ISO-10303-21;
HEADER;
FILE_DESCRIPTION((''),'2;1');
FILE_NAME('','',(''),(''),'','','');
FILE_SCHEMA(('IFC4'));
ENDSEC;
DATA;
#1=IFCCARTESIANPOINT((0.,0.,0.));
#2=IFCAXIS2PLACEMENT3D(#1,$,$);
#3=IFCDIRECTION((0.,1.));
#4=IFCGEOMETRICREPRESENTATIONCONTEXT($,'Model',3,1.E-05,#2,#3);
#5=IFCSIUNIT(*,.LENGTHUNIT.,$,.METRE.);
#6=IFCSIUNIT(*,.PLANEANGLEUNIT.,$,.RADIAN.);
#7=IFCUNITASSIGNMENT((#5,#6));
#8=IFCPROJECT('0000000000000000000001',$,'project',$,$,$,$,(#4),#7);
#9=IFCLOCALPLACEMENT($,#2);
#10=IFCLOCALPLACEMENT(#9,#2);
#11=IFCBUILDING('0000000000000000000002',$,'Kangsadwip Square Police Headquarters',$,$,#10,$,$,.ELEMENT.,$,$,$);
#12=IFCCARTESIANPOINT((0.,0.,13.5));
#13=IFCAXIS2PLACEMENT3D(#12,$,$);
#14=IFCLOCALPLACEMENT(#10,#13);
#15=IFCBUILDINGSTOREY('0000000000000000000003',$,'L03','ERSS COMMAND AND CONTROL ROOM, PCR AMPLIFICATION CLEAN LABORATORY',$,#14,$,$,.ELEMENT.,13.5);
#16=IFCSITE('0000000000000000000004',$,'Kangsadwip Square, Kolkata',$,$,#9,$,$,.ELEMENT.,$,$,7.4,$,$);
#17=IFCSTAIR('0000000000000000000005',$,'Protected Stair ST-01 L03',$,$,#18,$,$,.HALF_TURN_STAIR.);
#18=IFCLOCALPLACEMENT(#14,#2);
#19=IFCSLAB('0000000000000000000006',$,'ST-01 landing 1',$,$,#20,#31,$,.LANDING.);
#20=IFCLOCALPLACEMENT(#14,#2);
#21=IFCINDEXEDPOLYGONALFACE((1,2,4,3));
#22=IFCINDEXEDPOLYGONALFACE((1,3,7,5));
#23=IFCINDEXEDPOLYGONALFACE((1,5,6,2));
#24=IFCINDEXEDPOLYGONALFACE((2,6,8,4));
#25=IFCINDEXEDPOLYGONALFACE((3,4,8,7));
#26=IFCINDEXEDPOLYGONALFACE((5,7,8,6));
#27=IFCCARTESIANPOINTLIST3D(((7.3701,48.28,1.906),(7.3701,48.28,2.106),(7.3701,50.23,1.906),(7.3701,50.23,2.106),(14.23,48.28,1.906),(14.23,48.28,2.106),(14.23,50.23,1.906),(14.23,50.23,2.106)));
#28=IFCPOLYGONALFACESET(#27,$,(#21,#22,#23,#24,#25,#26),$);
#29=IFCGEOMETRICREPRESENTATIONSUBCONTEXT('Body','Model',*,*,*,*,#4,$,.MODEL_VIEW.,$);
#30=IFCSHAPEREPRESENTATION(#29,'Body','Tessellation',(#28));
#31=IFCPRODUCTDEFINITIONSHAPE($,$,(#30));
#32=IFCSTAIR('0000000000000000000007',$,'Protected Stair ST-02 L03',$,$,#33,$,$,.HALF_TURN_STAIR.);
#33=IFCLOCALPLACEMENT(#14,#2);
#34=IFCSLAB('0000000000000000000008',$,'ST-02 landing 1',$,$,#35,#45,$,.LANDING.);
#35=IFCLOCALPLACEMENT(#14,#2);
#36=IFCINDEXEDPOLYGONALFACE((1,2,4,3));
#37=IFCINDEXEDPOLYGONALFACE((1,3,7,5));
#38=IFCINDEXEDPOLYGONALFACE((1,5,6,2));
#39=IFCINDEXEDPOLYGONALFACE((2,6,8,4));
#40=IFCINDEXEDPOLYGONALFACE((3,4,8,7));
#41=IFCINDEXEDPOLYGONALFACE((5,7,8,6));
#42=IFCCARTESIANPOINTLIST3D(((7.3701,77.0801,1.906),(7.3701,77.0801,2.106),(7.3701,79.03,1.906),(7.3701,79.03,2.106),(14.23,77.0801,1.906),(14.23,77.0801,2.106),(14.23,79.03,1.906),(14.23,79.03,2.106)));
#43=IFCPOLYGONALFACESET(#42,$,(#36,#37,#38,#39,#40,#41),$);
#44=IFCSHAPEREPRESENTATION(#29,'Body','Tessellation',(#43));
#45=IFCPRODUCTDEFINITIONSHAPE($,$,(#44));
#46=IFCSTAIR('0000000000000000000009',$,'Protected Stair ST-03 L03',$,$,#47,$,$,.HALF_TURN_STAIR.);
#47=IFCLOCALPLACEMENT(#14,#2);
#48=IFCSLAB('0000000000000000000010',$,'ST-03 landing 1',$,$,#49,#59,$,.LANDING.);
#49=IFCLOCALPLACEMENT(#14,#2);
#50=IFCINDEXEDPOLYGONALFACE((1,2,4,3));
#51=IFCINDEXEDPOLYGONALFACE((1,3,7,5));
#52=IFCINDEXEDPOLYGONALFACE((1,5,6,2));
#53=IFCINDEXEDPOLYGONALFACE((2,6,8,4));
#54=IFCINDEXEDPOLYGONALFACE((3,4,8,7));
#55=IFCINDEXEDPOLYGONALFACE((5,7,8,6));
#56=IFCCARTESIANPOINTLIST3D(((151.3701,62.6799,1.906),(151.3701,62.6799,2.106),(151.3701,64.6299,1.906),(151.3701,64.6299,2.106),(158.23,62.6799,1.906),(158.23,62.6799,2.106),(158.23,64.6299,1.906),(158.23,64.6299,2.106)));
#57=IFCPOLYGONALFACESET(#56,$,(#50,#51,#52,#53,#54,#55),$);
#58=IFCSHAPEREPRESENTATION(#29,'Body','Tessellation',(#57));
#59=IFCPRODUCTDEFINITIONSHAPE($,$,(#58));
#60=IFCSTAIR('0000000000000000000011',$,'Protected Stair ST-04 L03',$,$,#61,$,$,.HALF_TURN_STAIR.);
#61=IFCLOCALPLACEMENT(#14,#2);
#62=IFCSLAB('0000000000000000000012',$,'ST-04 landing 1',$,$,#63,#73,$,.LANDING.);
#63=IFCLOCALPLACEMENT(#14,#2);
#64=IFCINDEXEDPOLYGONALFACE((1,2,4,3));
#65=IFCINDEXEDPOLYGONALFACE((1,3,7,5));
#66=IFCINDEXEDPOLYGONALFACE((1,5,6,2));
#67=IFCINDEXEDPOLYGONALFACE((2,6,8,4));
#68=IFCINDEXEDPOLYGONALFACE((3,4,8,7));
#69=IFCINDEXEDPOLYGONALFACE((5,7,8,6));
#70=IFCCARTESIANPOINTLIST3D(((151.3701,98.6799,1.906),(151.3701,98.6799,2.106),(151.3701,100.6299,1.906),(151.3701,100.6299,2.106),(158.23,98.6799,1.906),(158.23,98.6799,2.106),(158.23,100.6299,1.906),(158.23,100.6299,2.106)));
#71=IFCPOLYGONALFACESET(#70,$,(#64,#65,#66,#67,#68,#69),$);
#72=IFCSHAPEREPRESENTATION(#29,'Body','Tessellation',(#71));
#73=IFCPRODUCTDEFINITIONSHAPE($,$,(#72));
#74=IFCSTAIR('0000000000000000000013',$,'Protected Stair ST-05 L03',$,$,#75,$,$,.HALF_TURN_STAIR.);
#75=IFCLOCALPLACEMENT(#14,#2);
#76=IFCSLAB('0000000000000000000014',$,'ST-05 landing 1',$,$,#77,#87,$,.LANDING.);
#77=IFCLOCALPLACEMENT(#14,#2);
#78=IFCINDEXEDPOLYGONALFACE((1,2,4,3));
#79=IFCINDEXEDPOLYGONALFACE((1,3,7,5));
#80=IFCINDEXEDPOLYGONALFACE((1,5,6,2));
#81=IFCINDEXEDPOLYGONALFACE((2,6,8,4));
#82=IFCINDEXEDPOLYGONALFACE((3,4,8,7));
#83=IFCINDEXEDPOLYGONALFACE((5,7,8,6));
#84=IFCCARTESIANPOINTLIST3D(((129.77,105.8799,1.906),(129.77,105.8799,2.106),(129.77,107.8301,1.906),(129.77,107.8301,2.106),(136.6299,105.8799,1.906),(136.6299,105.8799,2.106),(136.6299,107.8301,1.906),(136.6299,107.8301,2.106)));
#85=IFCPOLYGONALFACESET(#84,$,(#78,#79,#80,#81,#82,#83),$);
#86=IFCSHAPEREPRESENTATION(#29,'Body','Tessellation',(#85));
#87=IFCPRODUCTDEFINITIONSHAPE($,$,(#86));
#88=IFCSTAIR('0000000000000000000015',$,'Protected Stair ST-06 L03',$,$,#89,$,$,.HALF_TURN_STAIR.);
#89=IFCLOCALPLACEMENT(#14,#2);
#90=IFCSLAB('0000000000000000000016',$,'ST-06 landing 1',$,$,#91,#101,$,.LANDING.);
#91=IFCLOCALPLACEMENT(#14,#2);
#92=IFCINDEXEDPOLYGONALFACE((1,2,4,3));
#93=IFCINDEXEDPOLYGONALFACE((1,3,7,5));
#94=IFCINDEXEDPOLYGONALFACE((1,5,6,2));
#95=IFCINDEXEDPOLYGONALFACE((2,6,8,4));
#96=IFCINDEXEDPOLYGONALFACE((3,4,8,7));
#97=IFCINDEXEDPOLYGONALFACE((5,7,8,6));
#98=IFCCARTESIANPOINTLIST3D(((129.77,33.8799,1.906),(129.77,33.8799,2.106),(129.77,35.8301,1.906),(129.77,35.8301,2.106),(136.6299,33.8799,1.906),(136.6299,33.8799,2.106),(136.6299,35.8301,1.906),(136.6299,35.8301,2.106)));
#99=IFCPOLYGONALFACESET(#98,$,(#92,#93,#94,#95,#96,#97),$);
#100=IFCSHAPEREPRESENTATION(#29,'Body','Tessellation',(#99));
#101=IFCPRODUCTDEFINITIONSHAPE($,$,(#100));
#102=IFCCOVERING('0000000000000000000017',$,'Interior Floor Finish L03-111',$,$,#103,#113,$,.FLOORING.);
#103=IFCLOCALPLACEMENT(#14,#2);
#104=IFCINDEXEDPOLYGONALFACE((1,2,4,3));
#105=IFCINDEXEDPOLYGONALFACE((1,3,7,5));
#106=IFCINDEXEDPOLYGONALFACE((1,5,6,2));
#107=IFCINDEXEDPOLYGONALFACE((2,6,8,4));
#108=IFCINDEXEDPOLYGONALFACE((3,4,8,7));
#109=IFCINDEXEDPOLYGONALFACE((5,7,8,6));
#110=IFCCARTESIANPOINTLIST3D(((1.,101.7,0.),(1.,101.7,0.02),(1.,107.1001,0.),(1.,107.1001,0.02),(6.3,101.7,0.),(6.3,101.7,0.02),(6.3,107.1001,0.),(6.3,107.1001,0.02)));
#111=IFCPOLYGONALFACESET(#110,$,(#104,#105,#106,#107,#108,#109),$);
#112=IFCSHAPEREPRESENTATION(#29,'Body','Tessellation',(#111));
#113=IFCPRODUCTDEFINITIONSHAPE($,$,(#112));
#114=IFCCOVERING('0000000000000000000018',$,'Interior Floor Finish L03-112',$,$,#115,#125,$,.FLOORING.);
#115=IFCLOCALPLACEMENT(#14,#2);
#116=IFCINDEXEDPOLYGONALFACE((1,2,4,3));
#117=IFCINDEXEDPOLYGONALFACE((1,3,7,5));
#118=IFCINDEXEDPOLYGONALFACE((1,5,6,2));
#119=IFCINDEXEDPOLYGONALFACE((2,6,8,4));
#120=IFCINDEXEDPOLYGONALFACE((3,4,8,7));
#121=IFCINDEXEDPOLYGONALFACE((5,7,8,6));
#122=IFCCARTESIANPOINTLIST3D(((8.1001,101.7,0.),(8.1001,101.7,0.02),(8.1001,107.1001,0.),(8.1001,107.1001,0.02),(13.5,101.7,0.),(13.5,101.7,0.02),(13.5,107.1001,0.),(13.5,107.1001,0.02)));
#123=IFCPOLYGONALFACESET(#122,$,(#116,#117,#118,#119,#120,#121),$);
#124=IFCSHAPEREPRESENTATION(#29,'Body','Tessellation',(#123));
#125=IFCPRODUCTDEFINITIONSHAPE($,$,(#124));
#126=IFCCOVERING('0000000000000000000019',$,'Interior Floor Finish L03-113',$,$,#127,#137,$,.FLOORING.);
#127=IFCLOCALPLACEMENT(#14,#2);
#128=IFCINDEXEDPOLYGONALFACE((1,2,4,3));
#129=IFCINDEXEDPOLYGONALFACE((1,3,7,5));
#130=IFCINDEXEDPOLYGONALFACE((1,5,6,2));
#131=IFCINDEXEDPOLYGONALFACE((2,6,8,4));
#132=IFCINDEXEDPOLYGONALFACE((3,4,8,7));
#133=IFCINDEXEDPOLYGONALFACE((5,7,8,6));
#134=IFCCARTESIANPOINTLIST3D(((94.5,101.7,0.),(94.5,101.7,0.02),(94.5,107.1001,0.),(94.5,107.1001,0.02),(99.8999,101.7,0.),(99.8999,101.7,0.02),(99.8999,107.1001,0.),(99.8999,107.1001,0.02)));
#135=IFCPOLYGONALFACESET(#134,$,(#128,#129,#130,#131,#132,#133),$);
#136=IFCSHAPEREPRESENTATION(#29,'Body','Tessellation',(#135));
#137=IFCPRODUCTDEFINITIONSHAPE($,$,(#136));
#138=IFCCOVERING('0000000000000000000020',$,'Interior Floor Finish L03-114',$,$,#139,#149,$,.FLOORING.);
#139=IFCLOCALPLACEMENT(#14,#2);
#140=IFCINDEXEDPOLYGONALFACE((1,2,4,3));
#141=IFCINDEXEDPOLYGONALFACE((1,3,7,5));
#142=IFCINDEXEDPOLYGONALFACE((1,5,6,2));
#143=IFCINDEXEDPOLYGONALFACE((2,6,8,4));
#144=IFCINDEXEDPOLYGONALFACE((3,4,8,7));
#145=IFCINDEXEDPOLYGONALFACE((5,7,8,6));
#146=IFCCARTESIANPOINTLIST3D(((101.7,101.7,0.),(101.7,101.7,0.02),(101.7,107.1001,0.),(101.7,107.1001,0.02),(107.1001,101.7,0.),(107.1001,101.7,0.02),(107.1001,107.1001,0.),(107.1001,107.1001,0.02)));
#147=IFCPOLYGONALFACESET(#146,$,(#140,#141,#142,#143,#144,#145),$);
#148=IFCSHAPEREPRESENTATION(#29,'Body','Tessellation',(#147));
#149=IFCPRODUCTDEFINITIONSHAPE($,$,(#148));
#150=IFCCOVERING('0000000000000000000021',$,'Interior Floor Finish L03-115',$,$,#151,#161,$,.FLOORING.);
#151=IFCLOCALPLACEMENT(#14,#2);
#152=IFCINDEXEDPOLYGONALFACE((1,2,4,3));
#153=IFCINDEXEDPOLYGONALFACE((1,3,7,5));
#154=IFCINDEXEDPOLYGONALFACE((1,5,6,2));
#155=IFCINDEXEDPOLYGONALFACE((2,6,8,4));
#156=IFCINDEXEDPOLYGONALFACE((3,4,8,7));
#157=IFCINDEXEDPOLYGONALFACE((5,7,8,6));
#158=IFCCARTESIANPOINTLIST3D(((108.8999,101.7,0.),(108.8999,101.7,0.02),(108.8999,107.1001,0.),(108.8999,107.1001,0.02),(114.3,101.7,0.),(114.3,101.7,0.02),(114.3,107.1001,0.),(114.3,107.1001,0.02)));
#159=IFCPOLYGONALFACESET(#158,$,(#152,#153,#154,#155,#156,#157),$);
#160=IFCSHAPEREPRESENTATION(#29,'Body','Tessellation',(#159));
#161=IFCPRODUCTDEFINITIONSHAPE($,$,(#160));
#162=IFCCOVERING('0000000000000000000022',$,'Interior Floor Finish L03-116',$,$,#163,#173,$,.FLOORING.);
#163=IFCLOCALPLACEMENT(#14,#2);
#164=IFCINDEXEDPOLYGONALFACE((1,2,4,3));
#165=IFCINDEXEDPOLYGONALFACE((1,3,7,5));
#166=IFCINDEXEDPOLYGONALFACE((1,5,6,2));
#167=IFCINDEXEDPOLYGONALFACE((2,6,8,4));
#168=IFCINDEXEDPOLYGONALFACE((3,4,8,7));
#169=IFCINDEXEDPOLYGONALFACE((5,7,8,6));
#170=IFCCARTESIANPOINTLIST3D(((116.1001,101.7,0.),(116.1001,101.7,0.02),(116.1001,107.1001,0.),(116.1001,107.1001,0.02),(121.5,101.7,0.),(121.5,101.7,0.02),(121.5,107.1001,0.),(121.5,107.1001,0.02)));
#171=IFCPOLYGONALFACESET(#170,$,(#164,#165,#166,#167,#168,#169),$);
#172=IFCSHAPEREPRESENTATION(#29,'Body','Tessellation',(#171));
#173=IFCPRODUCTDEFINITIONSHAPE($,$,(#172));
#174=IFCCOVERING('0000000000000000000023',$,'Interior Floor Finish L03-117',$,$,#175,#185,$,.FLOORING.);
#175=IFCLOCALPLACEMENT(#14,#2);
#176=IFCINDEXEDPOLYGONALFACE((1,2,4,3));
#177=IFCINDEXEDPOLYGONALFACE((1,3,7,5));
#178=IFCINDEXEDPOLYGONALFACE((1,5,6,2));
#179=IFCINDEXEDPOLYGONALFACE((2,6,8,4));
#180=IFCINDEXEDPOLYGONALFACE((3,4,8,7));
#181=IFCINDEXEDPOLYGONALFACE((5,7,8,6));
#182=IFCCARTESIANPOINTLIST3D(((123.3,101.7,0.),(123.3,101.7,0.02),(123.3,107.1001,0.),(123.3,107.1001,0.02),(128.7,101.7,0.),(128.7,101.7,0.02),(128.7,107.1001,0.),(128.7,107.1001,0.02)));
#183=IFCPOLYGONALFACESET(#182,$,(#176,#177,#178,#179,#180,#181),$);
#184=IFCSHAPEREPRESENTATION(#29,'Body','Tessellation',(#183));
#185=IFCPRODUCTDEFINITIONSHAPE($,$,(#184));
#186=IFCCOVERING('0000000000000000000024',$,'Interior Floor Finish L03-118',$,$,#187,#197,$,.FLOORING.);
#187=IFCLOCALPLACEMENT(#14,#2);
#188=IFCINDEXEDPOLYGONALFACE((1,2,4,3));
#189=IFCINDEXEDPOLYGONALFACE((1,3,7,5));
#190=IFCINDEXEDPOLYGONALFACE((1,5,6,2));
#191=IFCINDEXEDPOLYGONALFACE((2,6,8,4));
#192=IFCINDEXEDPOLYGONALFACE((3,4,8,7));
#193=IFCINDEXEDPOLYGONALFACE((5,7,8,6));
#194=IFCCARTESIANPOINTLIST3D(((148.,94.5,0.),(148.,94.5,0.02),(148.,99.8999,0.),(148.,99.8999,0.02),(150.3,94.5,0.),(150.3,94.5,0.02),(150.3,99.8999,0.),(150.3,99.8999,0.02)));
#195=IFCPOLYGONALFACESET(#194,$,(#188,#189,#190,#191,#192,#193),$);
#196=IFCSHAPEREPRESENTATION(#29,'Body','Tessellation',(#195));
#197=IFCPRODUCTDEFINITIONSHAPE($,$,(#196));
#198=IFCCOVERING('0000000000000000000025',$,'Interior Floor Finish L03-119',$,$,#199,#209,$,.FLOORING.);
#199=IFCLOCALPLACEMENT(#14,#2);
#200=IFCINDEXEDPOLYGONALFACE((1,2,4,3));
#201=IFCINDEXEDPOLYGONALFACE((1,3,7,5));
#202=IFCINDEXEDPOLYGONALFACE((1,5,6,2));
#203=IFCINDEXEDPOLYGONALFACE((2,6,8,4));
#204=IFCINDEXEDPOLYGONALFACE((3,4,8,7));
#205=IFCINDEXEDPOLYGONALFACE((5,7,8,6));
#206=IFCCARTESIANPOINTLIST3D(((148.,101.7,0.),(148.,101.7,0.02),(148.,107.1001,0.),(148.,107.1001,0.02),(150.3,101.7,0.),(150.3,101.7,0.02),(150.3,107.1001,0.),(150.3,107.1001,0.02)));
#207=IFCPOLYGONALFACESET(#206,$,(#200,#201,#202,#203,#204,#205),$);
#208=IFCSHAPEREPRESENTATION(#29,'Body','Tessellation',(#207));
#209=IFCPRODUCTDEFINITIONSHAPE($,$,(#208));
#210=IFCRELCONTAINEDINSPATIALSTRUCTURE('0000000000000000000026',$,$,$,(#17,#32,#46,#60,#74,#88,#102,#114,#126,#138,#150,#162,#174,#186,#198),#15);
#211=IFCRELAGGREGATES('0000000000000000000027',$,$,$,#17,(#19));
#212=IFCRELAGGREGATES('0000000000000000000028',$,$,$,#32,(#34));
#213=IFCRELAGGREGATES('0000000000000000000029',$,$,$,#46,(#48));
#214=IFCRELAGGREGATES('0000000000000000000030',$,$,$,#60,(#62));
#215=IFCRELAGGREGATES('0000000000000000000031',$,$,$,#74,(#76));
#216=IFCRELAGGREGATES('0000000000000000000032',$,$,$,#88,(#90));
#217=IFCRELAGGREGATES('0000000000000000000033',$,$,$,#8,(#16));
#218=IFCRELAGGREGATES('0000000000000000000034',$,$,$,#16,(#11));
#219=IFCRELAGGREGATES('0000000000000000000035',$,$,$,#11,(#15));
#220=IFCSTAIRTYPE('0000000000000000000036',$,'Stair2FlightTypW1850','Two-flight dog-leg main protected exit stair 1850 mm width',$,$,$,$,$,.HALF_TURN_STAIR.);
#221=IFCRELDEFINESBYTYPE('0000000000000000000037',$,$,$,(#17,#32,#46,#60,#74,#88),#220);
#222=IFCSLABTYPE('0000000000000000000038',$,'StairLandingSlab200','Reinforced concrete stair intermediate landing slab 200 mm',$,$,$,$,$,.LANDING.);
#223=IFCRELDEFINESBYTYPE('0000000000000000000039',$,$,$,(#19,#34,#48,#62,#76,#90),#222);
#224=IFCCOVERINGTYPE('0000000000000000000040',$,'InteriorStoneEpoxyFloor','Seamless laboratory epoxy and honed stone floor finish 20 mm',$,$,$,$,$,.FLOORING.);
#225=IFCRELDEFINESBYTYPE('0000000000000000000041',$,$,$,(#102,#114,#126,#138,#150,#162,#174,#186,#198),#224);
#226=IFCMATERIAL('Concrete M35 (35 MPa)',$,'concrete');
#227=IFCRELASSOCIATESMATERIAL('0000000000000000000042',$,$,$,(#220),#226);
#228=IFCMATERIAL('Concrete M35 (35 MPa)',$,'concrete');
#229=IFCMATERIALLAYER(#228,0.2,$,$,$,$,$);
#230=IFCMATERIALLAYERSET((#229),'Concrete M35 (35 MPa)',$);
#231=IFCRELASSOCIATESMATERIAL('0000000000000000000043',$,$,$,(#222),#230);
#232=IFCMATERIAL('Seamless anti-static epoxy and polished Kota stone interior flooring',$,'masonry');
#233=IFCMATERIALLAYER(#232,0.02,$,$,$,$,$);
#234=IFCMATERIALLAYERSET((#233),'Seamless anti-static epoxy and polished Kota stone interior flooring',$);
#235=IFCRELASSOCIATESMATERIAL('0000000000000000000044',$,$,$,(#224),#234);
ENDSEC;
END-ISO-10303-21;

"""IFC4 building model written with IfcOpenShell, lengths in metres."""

from ifc_helpers import new_model, si_unit, direction, frame, origin, place, context, subcontext, project, spatial, polyline, outline, extrude, material, layer, layer_set, type_object, element, aggregate, save


model = new_model("IFC4")

# Units and contexts
model_context = context("Model", 3, precision=1e-05, world=origin(), true_north=direction((0.0, 1.0)))
body_context = subcontext(model_context, "Body", "Model", "MODEL_VIEW")
ifc_project = project(units=[si_unit("LENGTHUNIT", "METRE"), si_unit("PLANEANGLEUNIT", "RADIAN")], contexts=[model_context])

# Site, building, storey
site_placement = place(None, origin())
site = spatial("IfcSite", under=ifc_project, at=site_placement, Name="Kangsadwip Square, Kolkata", CompositionType="ELEMENT", RefElevation=7.4)
building_placement = place(site_placement, origin())
building = spatial("IfcBuilding", under=site, at=building_placement, Name="Kangsadwip Square Police Headquarters", CompositionType="ELEMENT")
storey_placement = place(building_placement, frame((0.0, 0.0, 13.5)))
storey = spatial("IfcBuildingStorey", under=building, at=storey_placement, Name="L03", Description="ERSS COMMAND AND CONTROL ROOM, PCR AMPLIFICATION CLEAN LABORATORY", CompositionType="ELEMENT", Elevation=13.5)

# Stairs, slabs
ifc_material_1 = material(Name="Concrete M35 (35 MPa)", Category="concrete")
stair_type = type_object("IfcStairType", Name="Stair2FlightTypW1850", Description="Two-flight dog-leg main protected exit stair 1850 mm width", PredefinedType="HALF_TURN_STAIR", material=ifc_material_1)
stair_1_placement = place(storey_placement, origin())
stair_1 = element("IfcStair", 1, at=stair_1_placement, inside=storey, type_object=stair_type, Name="Protected Stair ST-01 L03", PredefinedType="HALF_TURN_STAIR")
ifc_material_2 = material(Name="Concrete M35 (35 MPa)", Category="concrete")
ifc_layer_1 = layer(ifc_material_2, 0.2)
ifc_layer_set_1 = layer_set([ifc_layer_1], Name="Concrete M35 (35 MPa)")
slab_type = type_object("IfcSlabType", Name="StairLandingSlab200", Description="Reinforced concrete stair intermediate landing slab 200 mm", PredefinedType="LANDING", material=ifc_layer_set_1)
slab_1_placement = place(storey_placement, frame((0.0, 0.0, 1.906)))
slab_1 = element("IfcSlab", 2, at=slab_1_placement, type_object=slab_type, Name="ST-01 landing 1", PredefinedType="LANDING", context=body_context, shape_type="SweptSolid", body=[
    extrude(outline(polyline([(7.3701, 48.28), (14.23, 48.28), (14.23, 50.23), (7.3701, 50.23), (7.3701, 48.28)])), origin(), (0.0, 0.0, 1.0), 0.2),
])
aggregate(stair_1, [slab_1])
stair_2_placement = place(storey_placement, origin())
stair_2 = element("IfcStair", 3, at=stair_2_placement, inside=storey, type_object=stair_type, Name="Protected Stair ST-02 L03", PredefinedType="HALF_TURN_STAIR")
slab_2_placement = place(storey_placement, frame((0.0, 0.0, 1.906)))
slab_2 = element("IfcSlab", 4, at=slab_2_placement, type_object=slab_type, Name="ST-02 landing 1", PredefinedType="LANDING", context=body_context, shape_type="SweptSolid", body=[
    extrude(outline(polyline([(7.3701, 77.0801), (14.23, 77.0801), (14.23, 79.03), (7.3701, 79.03), (7.3701, 77.0801)])), origin(), (0.0, 0.0, 1.0), 0.2),
])
aggregate(stair_2, [slab_2])
stair_3_placement = place(storey_placement, origin())
stair_3 = element("IfcStair", 5, at=stair_3_placement, inside=storey, type_object=stair_type, Name="Protected Stair ST-03 L03", PredefinedType="HALF_TURN_STAIR")
slab_3_placement = place(storey_placement, frame((0.0, 0.0, 1.906)))
slab_3 = element("IfcSlab", 6, at=slab_3_placement, type_object=slab_type, Name="ST-03 landing 1", PredefinedType="LANDING", context=body_context, shape_type="SweptSolid", body=[
    extrude(outline(polyline([(151.3701, 62.6799), (158.23, 62.6799), (158.23, 64.6299), (151.3701, 64.6299), (151.3701, 62.6799)])), origin(), (0.0, 0.0, 1.0), 0.2),
])
aggregate(stair_3, [slab_3])
stair_4_placement = place(storey_placement, origin())
stair_4 = element("IfcStair", 7, at=stair_4_placement, inside=storey, type_object=stair_type, Name="Protected Stair ST-04 L03", PredefinedType="HALF_TURN_STAIR")
slab_4_placement = place(storey_placement, frame((0.0, 0.0, 1.906)))
slab_4 = element("IfcSlab", 8, at=slab_4_placement, type_object=slab_type, Name="ST-04 landing 1", PredefinedType="LANDING", context=body_context, shape_type="SweptSolid", body=[
    extrude(outline(polyline([(151.3701, 98.6799), (158.23, 98.6799), (158.23, 100.6299), (151.3701, 100.6299), (151.3701, 98.6799)])), origin(), (0.0, 0.0, 1.0), 0.2),
])
aggregate(stair_4, [slab_4])
stair_5_placement = place(storey_placement, origin())
stair_5 = element("IfcStair", 9, at=stair_5_placement, inside=storey, type_object=stair_type, Name="Protected Stair ST-05 L03", PredefinedType="HALF_TURN_STAIR")
slab_5_placement = place(storey_placement, frame((0.0, 0.0, 1.906)))
slab_5 = element("IfcSlab", 10, at=slab_5_placement, type_object=slab_type, Name="ST-05 landing 1", PredefinedType="LANDING", context=body_context, shape_type="SweptSolid", body=[
    extrude(outline(polyline([(129.77, 105.8799), (136.6299, 105.8799), (136.6299, 107.8301), (129.77, 107.8301), (129.77, 105.8799)])), origin(), (0.0, 0.0, 1.0), 0.2),
])
aggregate(stair_5, [slab_5])
stair_6_placement = place(storey_placement, origin())
stair_6 = element("IfcStair", 11, at=stair_6_placement, inside=storey, type_object=stair_type, Name="Protected Stair ST-06 L03", PredefinedType="HALF_TURN_STAIR")
slab_6_placement = place(storey_placement, frame((0.0, 0.0, 1.906)))
slab_6 = element("IfcSlab", 12, at=slab_6_placement, type_object=slab_type, Name="ST-06 landing 1", PredefinedType="LANDING", context=body_context, shape_type="SweptSolid", body=[
    extrude(outline(polyline([(129.77, 33.8799), (136.6299, 33.8799), (136.6299, 35.8301), (129.77, 35.8301), (129.77, 33.8799)])), origin(), (0.0, 0.0, 1.0), 0.2),
])
aggregate(stair_6, [slab_6])

# Coverings
ifc_material_3 = material(Name="Seamless anti-static epoxy and polished Kota stone interior flooring", Category="masonry")
ifc_layer_2 = layer(ifc_material_3, 0.02)
ifc_layer_set_2 = layer_set([ifc_layer_2], Name="Seamless anti-static epoxy and polished Kota stone interior flooring")
covering_type_1 = type_object("IfcCoveringType", Name="InteriorStoneEpoxyFloor", Description="Seamless laboratory epoxy and honed stone floor finish 20 mm", PredefinedType="FLOORING", material=ifc_layer_set_2)
covering_1_placement = place(storey_placement, origin())
element("IfcCovering", 13, at=covering_1_placement, inside=storey, type_object=covering_type_1, Name="Interior Floor Finish L03-111", PredefinedType="FLOORING", context=body_context, shape_type="SweptSolid", body=[
    extrude(outline(polyline([(1.0, 101.7), (6.3, 101.7), (6.3, 107.1001), (1.0, 107.1001), (1.0, 101.7)])), origin(), (0.0, 0.0, 1.0), 0.02),
])
covering_2_placement = place(storey_placement, origin())
element("IfcCovering", 14, at=covering_2_placement, inside=storey, type_object=covering_type_1, Name="Interior Floor Finish L03-112", PredefinedType="FLOORING", context=body_context, shape_type="SweptSolid", body=[
    extrude(outline(polyline([(8.1001, 101.7), (13.5, 101.7), (13.5, 107.1001), (8.1001, 107.1001), (8.1001, 101.7)])), origin(), (0.0, 0.0, 1.0), 0.02),
])
covering_3_placement = place(storey_placement, origin())
element("IfcCovering", 15, at=covering_3_placement, inside=storey, type_object=covering_type_1, Name="Interior Floor Finish L03-113", PredefinedType="FLOORING", context=body_context, shape_type="SweptSolid", body=[
    extrude(outline(polyline([(94.5, 101.7), (99.8999, 101.7), (99.8999, 107.1001), (94.5, 107.1001), (94.5, 101.7)])), origin(), (0.0, 0.0, 1.0), 0.02),
])
covering_4_placement = place(storey_placement, origin())
element("IfcCovering", 16, at=covering_4_placement, inside=storey, type_object=covering_type_1, Name="Interior Floor Finish L03-114", PredefinedType="FLOORING", context=body_context, shape_type="SweptSolid", body=[
    extrude(outline(polyline([(101.7, 101.7), (107.1001, 101.7), (107.1001, 107.1001), (101.7, 107.1001), (101.7, 101.7)])), origin(), (0.0, 0.0, 1.0), 0.02),
])
covering_5_placement = place(storey_placement, origin())
element("IfcCovering", 17, at=covering_5_placement, inside=storey, type_object=covering_type_1, Name="Interior Floor Finish L03-115", PredefinedType="FLOORING", context=body_context, shape_type="SweptSolid", body=[
    extrude(outline(polyline([(108.8999, 101.7), (114.3, 101.7), (114.3, 107.1001), (108.8999, 107.1001), (108.8999, 101.7)])), origin(), (0.0, 0.0, 1.0), 0.02),
])
covering_6_placement = place(storey_placement, origin())
element("IfcCovering", 18, at=covering_6_placement, inside=storey, type_object=covering_type_1, Name="Interior Floor Finish L03-116", PredefinedType="FLOORING", context=body_context, shape_type="SweptSolid", body=[
    extrude(outline(polyline([(116.1001, 101.7), (121.5, 101.7), (121.5, 107.1001), (116.1001, 107.1001), (116.1001, 101.7)])), origin(), (0.0, 0.0, 1.0), 0.02),
])
covering_7_placement = place(storey_placement, origin())
element("IfcCovering", 19, at=covering_7_placement, inside=storey, type_object=covering_type_1, Name="Interior Floor Finish L03-117", PredefinedType="FLOORING", context=body_context, shape_type="SweptSolid", body=[
    extrude(outline(polyline([(123.3, 101.7), (128.7, 101.7), (128.7, 107.1001), (123.3, 107.1001), (123.3, 101.7)])), origin(), (0.0, 0.0, 1.0), 0.02),
])
covering_8_placement = place(storey_placement, origin())
element("IfcCovering", 20, at=covering_8_placement, inside=storey, type_object=covering_type_1, Name="Interior Floor Finish L03-118", PredefinedType="FLOORING", context=body_context, shape_type="SweptSolid", body=[
    extrude(outline(polyline([(148.0, 94.5), (150.3, 94.5), (150.3, 99.8999), (148.0, 99.8999), (148.0, 94.5)])), origin(), (0.0, 0.0, 1.0), 0.02),
])
covering_9_placement = place(storey_placement, origin())
element("IfcCovering", 21, at=covering_9_placement, inside=storey, type_object=covering_type_1, Name="Interior Floor Finish L03-119", PredefinedType="FLOORING", context=body_context, shape_type="SweptSolid", body=[
    extrude(outline(polyline([(148.0, 101.7), (150.3, 101.7), (150.3, 107.1001), (148.0, 107.1001), (148.0, 101.7)])), origin(), (0.0, 0.0, 1.0), 0.02),
])

save(model, "model.ifc")
